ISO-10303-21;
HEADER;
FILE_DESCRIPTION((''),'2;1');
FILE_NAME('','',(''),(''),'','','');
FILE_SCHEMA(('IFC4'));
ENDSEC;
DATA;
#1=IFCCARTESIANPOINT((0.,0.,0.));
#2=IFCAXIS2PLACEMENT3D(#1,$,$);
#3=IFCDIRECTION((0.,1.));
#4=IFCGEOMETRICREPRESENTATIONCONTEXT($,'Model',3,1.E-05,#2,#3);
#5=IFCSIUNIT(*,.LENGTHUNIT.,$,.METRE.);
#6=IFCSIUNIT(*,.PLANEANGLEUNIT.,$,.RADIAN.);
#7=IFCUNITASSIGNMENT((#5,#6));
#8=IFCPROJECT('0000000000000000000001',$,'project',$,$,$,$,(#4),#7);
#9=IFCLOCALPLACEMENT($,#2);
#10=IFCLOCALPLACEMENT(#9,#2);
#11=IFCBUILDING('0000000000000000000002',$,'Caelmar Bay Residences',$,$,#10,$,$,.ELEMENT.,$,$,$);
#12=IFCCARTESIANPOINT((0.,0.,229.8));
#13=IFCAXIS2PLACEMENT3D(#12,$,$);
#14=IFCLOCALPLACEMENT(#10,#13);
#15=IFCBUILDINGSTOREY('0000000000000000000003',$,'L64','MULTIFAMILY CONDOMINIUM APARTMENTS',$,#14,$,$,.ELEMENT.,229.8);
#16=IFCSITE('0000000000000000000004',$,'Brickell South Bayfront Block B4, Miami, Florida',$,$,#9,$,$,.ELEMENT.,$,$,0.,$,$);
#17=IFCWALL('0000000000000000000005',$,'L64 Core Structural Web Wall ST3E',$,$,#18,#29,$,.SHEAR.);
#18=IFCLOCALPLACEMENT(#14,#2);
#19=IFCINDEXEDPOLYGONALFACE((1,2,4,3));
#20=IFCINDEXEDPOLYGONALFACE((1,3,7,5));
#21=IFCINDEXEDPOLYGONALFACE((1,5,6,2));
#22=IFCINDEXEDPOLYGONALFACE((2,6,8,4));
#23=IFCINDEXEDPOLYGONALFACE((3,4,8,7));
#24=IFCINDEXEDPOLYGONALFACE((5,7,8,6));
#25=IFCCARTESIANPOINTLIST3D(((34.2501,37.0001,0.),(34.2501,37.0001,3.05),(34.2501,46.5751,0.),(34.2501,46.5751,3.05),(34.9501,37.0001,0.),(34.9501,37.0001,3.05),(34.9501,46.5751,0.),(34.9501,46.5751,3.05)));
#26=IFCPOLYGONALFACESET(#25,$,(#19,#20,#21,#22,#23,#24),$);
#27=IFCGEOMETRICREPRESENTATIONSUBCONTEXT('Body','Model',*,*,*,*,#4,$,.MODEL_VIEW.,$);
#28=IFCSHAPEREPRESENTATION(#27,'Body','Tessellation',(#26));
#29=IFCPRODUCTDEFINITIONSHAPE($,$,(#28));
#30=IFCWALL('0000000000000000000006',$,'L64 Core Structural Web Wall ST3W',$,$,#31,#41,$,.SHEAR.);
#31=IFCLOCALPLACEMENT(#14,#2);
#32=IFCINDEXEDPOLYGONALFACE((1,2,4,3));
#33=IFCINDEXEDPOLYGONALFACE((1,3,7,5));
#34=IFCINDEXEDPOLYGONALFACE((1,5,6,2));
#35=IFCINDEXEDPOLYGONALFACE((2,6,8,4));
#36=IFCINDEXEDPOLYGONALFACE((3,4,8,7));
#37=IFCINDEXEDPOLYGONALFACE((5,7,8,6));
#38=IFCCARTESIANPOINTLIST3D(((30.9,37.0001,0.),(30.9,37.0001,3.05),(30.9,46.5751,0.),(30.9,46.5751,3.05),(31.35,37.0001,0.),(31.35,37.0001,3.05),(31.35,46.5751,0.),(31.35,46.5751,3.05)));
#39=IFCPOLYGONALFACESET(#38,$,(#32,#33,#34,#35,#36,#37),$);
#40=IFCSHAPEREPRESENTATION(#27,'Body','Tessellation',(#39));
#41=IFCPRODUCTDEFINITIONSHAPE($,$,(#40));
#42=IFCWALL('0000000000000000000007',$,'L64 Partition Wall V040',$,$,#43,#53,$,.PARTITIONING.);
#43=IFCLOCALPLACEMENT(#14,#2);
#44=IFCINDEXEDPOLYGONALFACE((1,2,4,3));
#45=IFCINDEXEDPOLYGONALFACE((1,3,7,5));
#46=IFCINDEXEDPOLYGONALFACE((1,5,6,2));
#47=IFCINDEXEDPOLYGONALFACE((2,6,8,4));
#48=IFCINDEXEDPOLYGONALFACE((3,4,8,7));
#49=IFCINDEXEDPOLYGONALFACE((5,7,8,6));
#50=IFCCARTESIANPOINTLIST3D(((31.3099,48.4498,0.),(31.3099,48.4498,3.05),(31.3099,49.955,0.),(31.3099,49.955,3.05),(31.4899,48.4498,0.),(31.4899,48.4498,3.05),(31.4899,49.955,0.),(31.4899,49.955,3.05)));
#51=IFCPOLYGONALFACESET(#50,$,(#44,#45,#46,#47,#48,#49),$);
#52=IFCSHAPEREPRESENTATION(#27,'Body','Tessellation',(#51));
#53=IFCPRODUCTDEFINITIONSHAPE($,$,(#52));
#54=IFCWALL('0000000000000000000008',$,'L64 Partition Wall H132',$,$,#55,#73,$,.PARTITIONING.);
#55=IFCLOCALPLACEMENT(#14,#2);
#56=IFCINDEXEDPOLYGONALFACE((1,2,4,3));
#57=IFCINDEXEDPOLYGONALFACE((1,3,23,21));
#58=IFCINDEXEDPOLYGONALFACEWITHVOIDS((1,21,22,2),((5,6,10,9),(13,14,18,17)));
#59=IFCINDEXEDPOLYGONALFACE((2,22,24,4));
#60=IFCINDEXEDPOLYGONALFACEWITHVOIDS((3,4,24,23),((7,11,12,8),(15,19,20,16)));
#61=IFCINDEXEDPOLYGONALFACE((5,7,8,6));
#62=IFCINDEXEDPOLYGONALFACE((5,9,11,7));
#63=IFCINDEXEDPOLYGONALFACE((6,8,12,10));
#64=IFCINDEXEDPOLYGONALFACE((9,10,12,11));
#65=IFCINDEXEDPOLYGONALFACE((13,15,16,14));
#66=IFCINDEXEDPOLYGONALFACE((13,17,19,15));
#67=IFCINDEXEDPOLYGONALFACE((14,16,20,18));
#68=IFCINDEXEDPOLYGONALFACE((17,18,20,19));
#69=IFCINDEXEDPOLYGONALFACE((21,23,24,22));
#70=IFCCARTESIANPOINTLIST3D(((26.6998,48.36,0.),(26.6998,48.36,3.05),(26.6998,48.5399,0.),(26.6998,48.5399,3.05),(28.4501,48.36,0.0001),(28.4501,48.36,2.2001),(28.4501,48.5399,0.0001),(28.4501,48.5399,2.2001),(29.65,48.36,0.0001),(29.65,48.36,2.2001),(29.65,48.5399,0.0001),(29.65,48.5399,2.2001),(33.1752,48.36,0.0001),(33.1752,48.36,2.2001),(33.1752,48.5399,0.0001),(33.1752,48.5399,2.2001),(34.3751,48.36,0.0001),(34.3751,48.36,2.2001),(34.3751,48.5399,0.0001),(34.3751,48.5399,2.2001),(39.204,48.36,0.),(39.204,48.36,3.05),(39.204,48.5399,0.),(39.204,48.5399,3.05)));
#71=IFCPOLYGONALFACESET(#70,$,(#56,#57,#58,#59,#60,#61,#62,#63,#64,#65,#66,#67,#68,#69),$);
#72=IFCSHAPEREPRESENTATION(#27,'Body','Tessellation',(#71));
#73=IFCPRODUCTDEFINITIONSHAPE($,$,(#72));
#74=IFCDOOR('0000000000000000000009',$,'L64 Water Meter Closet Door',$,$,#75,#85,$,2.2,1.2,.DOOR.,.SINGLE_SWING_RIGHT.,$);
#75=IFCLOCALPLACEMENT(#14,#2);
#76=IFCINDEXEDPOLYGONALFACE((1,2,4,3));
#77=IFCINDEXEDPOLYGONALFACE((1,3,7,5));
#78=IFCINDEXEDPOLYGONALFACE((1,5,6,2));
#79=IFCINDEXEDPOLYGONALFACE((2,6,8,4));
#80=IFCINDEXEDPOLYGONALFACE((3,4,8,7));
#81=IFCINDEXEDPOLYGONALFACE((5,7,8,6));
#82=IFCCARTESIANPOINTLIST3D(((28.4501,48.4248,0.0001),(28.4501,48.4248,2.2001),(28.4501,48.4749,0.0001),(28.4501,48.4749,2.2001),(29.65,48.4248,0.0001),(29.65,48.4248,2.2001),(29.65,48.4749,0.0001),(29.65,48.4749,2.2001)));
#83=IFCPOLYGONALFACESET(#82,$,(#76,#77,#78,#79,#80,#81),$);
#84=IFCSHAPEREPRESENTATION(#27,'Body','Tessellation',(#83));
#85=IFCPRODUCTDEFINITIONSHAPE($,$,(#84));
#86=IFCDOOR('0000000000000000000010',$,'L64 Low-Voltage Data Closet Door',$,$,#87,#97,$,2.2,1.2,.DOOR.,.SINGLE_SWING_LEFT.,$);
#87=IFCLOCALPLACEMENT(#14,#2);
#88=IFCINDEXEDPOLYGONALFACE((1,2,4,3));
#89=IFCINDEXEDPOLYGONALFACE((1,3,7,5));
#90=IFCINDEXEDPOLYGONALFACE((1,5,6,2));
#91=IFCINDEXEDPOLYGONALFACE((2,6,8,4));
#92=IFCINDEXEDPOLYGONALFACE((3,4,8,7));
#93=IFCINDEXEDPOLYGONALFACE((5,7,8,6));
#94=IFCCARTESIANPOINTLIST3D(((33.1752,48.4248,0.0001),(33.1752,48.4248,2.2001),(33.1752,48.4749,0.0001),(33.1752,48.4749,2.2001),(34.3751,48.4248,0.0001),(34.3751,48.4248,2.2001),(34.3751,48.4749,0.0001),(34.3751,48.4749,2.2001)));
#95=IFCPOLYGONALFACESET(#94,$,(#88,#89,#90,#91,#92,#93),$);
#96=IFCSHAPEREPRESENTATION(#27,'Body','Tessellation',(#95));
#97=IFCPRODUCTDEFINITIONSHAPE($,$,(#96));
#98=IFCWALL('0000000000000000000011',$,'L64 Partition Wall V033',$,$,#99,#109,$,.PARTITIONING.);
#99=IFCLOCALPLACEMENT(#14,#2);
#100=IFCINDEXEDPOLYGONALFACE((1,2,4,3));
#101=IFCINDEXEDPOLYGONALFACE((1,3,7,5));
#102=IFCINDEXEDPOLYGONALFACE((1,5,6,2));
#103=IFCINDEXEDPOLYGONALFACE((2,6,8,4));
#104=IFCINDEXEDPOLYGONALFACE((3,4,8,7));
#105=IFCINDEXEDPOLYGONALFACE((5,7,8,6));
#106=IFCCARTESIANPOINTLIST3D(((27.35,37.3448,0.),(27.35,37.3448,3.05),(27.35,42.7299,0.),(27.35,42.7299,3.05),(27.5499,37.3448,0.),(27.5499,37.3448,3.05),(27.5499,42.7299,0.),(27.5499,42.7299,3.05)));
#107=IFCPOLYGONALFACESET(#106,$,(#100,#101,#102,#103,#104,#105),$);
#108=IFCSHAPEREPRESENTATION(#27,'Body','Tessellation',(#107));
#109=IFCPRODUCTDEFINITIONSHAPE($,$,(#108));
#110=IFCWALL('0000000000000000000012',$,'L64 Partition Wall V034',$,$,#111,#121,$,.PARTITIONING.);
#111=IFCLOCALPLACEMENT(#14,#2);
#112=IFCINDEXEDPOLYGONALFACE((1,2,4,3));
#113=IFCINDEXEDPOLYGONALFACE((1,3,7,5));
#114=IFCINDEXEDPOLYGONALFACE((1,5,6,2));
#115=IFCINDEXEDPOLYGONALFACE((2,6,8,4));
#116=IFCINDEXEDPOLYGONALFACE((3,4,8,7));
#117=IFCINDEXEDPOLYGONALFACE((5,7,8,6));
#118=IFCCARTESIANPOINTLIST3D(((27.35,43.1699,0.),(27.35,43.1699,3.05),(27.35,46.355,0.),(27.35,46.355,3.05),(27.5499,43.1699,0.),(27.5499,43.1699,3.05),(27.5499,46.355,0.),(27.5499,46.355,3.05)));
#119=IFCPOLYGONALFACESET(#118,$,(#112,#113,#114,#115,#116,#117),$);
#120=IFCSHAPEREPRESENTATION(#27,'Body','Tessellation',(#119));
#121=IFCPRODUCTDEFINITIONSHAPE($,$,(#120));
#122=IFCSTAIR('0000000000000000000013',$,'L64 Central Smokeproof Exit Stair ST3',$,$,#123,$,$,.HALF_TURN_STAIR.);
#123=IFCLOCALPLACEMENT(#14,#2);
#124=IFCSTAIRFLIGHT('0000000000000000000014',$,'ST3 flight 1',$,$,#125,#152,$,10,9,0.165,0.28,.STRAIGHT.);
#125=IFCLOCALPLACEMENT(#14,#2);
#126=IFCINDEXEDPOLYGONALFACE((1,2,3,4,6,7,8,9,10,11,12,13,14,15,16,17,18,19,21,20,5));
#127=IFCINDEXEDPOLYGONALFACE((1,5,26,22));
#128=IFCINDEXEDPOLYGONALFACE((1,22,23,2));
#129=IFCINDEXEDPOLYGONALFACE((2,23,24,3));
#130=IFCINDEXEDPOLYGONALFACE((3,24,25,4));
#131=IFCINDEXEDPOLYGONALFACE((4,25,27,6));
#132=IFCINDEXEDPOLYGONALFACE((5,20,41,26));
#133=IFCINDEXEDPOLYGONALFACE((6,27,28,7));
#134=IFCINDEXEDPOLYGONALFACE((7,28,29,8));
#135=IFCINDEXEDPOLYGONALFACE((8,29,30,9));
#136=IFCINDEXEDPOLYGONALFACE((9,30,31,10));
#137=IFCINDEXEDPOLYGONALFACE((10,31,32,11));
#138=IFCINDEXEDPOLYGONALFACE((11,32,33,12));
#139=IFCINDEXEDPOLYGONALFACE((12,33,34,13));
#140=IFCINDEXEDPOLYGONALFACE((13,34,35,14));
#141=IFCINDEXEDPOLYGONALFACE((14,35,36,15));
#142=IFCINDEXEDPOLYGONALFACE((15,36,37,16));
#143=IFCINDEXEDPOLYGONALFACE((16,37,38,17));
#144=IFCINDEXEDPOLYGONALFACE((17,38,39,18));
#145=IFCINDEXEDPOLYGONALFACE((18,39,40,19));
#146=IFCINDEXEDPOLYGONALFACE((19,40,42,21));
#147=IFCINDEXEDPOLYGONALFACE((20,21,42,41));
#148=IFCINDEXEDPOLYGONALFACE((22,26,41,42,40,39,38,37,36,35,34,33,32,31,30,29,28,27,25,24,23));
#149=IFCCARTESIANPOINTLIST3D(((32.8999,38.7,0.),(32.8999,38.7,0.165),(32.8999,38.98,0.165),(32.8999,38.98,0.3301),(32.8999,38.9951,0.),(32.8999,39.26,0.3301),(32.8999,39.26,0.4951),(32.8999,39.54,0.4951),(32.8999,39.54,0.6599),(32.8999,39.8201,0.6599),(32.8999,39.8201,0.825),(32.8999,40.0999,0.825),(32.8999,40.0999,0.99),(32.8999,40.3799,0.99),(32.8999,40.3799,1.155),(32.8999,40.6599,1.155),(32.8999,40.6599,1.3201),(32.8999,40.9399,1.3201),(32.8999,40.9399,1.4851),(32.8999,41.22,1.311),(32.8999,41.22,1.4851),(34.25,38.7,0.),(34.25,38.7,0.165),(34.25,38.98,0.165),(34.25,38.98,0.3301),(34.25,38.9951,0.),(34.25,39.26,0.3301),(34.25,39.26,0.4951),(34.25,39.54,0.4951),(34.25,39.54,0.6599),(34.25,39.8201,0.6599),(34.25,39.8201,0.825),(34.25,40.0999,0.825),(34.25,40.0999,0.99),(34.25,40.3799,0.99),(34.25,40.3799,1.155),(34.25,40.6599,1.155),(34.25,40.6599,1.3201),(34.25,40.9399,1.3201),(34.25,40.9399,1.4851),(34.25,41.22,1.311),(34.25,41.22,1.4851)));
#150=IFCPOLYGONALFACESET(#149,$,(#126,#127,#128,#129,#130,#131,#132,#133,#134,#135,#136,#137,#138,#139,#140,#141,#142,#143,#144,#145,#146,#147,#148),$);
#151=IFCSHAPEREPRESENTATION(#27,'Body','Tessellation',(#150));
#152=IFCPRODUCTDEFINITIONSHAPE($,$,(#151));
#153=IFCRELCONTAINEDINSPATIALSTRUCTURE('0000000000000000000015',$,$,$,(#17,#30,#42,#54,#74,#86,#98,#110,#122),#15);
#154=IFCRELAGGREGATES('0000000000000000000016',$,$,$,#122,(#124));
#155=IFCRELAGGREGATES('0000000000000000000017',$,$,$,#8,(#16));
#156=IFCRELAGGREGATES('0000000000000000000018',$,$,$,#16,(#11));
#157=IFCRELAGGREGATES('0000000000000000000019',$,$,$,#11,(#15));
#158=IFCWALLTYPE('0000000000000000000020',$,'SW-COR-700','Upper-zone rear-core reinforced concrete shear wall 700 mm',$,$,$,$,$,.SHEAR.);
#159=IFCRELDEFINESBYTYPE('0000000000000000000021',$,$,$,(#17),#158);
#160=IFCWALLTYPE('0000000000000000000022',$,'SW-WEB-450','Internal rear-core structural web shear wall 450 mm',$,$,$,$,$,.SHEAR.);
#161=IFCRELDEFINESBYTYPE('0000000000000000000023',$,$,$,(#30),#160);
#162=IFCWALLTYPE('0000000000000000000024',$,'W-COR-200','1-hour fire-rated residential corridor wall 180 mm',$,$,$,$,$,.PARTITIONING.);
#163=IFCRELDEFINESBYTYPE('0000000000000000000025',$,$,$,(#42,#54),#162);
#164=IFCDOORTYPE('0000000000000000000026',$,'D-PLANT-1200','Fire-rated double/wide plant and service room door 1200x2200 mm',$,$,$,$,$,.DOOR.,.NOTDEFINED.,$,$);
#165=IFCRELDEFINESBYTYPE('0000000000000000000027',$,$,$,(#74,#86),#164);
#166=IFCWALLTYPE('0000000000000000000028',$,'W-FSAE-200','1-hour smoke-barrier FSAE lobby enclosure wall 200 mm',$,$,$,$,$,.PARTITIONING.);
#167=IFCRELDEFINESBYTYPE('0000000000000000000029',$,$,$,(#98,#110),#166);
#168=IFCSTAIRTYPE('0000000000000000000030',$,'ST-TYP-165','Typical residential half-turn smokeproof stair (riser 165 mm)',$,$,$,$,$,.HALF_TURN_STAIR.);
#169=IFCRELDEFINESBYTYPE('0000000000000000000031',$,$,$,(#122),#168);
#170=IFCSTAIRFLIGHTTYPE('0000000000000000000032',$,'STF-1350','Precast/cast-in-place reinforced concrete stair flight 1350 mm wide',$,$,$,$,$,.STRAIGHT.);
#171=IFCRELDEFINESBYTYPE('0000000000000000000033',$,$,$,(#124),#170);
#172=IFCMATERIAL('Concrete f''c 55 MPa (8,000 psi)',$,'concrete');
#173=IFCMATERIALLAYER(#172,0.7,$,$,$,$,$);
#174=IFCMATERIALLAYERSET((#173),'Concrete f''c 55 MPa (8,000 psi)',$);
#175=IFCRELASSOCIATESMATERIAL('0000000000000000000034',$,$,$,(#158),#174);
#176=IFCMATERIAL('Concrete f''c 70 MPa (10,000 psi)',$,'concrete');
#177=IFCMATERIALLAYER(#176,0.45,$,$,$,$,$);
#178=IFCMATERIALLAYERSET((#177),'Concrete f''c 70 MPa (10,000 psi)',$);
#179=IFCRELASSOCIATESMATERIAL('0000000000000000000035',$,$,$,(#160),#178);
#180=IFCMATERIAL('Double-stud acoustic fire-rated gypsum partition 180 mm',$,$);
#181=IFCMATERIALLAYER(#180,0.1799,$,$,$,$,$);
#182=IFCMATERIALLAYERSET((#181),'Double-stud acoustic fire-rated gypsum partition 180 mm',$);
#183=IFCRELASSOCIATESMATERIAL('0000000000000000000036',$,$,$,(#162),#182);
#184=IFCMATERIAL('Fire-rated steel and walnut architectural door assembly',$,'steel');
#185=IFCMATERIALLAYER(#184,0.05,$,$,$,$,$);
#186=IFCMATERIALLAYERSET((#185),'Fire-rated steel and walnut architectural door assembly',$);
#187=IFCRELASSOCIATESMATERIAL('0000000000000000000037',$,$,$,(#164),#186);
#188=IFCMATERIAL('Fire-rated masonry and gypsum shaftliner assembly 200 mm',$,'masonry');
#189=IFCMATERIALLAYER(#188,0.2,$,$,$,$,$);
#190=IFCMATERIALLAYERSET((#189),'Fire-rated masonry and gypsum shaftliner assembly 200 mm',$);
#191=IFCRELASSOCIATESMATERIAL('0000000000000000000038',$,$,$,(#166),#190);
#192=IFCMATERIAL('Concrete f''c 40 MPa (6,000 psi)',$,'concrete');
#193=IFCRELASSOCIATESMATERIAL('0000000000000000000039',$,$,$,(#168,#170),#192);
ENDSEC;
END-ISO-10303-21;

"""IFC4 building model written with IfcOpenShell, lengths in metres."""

from ifc_helpers import new_model, si_unit, direction, frame, frame_2d, origin, place, context, subcontext, project, spatial, polyline, rectangle, outline, extrude, material, layer, layer_set, type_object, element, fill, aggregate, save


model = new_model("IFC4")

# Units and contexts
model_context = context("Model", 3, precision=1e-05, world=origin(), true_north=direction((0.0, 1.0)))
body_context = subcontext(model_context, "Body", "Model", "MODEL_VIEW")
ifc_project = project(units=[si_unit("LENGTHUNIT", "METRE"), si_unit("PLANEANGLEUNIT", "RADIAN")], contexts=[model_context])

# Site, building, storey
site_placement = place(None, origin())
site = spatial("IfcSite", under=ifc_project, at=site_placement, Name="Brickell South Bayfront Block B4, Miami, Florida", CompositionType="ELEMENT", RefElevation=0.0)
building_placement = place(site_placement, origin())
building = spatial("IfcBuilding", under=site, at=building_placement, Name="Caelmar Bay Residences", CompositionType="ELEMENT")
storey_placement = place(building_placement, frame((0.0, 0.0, 229.8)))
storey = spatial("IfcBuildingStorey", under=building, at=storey_placement, Name="L64", Description="MULTIFAMILY CONDOMINIUM APARTMENTS", CompositionType="ELEMENT", Elevation=229.8)

# Walls
ifc_material_1 = material(Name="Concrete f'c 55 MPa (8,000 psi)", Category="concrete")
ifc_layer_1 = layer(ifc_material_1, 0.7)
ifc_layer_set_1 = layer_set([ifc_layer_1], Name="Concrete f'c 55 MPa (8,000 psi)")
wall_type_1 = type_object("IfcWallType", Name="SW-COR-700", Description="Upper-zone rear-core reinforced concrete shear wall 700 mm", PredefinedType="SHEAR", material=ifc_layer_set_1)
wall_1_placement = place(storey_placement, frame((34.6001, 37.0, 0.0), z_axis=(0.0, 0.0, 1.0), x_axis=(0.0, 1.0, 0.0)))
element("IfcWall", 1, at=wall_1_placement, inside=storey, type_object=wall_type_1, Name="L64 Core Structural Web Wall ST3E", PredefinedType="SHEAR", context=body_context, shape_type="SweptSolid", body=[
    extrude(rectangle(XDim=9.575, YDim=0.7, at=frame_2d((4.7876, 0.0))), origin(), (0.0, 0.0, 1.0), 3.05),
])
ifc_material_2 = material(Name="Concrete f'c 70 MPa (10,000 psi)", Category="concrete")
ifc_layer_2 = layer(ifc_material_2, 0.45)
ifc_layer_set_2 = layer_set([ifc_layer_2], Name="Concrete f'c 70 MPa (10,000 psi)")
wall_type_2 = type_object("IfcWallType", Name="SW-WEB-450", Description="Internal rear-core structural web shear wall 450 mm", PredefinedType="SHEAR", material=ifc_layer_set_2)
wall_2_placement = place(storey_placement, frame((31.125, 37.0, 0.0), z_axis=(0.0, 0.0, 1.0), x_axis=(0.0, 1.0, 0.0)))
element("IfcWall", 2, at=wall_2_placement, inside=storey, type_object=wall_type_2, Name="L64 Core Structural Web Wall ST3W", PredefinedType="SHEAR", context=body_context, shape_type="SweptSolid", body=[
    extrude(rectangle(XDim=9.575, YDim=0.45, at=frame_2d((4.7876, 0.0))), origin(), (0.0, 0.0, 1.0), 3.05),
])
ifc_material_3 = material(Name="Double-stud acoustic fire-rated gypsum partition 180 mm")
ifc_layer_3 = layer(ifc_material_3, 0.1799)
ifc_layer_set_3 = layer_set([ifc_layer_3], Name="Double-stud acoustic fire-rated gypsum partition 180 mm")
wall_type_3 = type_object("IfcWallType", Name="W-COR-200", Description="1-hour fire-rated residential corridor wall 180 mm", PredefinedType="PARTITIONING", material=ifc_layer_set_3)
wall_3_placement = place(storey_placement, frame((31.3999, 48.45, 0.0), z_axis=(0.0, 0.0, 1.0), x_axis=(0.0, 1.0, 0.0)))
element("IfcWall", 3, at=wall_3_placement, inside=storey, type_object=wall_type_3, Name="L64 Partition Wall V040", PredefinedType="PARTITIONING", context=body_context, shape_type="SweptSolid", body=[
    extrude(rectangle(XDim=1.5051, YDim=0.1799, at=frame_2d((0.7524, 0.0))), origin(), (0.0, 0.0, 1.0), 3.05),
])

# Wall, openings, doors
wall_4_placement = place(storey_placement, frame((26.7, 48.45, 0.0), z_axis=(0.0, 0.0, 1.0), x_axis=(1.0, 0.0, 0.0)))
wall_4 = element("IfcWall", 4, at=wall_4_placement, inside=storey, type_object=wall_type_3, Name="L64 Partition Wall H132", PredefinedType="PARTITIONING", context=body_context, shape_type="SweptSolid", body=[
    extrude(rectangle(XDim=12.5042, YDim=0.1799, at=frame_2d((6.252, 0.0))), origin(), (0.0, 0.0, 1.0), 3.05),
])
opening_1_placement = place(wall_4_placement, frame((1.75, 0.0, 0.0)))
opening_1 = element("IfcOpeningElement", 5, at=opening_1_placement, cuts=wall_4, PredefinedType="OPENING", context=body_context, shape_type="SweptSolid", body=[
    extrude(rectangle(XDim=1.2, YDim=2.2, at=frame_2d((0.6001, 1.1001))), frame((0.0, 0.0999, 0.0), z_axis=(0.0, -1.0, 0.0), x_axis=(1.0, 0.0, 0.0)), (0.0, 0.0, 1.0), 0.2),
])
opening_2_placement = place(wall_4_placement, frame((6.4751, 0.0, 0.0)))
opening_2 = element("IfcOpeningElement", 6, at=opening_2_placement, cuts=wall_4, PredefinedType="OPENING", context=body_context, shape_type="SweptSolid", body=[
    extrude(rectangle(XDim=1.2, YDim=2.2, at=frame_2d((0.6001, 1.1001))), frame((0.0, 0.0999, 0.0), z_axis=(0.0, -1.0, 0.0), x_axis=(1.0, 0.0, 0.0)), (0.0, 0.0, 1.0), 0.2),
])
ifc_material_4 = material(Name="Fire-rated steel and walnut architectural door assembly", Category="steel")
ifc_layer_4 = layer(ifc_material_4, 0.05)
ifc_layer_set_4 = layer_set([ifc_layer_4], Name="Fire-rated steel and walnut architectural door assembly")
door_type = type_object("IfcDoorType", Name="D-PLANT-1200", Description="Fire-rated double/wide plant and service room door 1200x2200 mm", OperationType="NOTDEFINED", PredefinedType="DOOR", material=ifc_layer_set_4)
door_1_placement = place(opening_1_placement, origin())
door_1 = element("IfcDoor", 7, at=door_1_placement, inside=storey, type_object=door_type, Name="L64 Water Meter Closet Door", OperationType="SINGLE_SWING_RIGHT", OverallHeight=2.2, OverallWidth=1.2, PredefinedType="DOOR", context=body_context, shape_type="SweptSolid", body=[
    extrude(rectangle(XDim=1.2, YDim=2.2, at=frame_2d((0.6001, 1.1001))), frame((0.0, 0.0249, 0.0), z_axis=(0.0, -1.0, 0.0), x_axis=(1.0, 0.0, 0.0)), (0.0, 0.0, 1.0), 0.05),
])
fill(opening_1, door_1)
door_2_placement = place(opening_2_placement, origin())
door_2 = element("IfcDoor", 8, at=door_2_placement, inside=storey, type_object=door_type, Name="L64 Low-Voltage Data Closet Door", OperationType="SINGLE_SWING_LEFT", OverallHeight=2.2, OverallWidth=1.2, PredefinedType="DOOR", context=body_context, shape_type="SweptSolid", body=[
    extrude(rectangle(XDim=1.2, YDim=2.2, at=frame_2d((0.6001, 1.1001))), frame((0.0, 0.0249, 0.0), z_axis=(0.0, -1.0, 0.0), x_axis=(1.0, 0.0, 0.0)), (0.0, 0.0, 1.0), 0.05),
])
fill(opening_2, door_2)

# Walls
ifc_material_5 = material(Name="Fire-rated masonry and gypsum shaftliner assembly 200 mm", Category="masonry")
ifc_layer_5 = layer(ifc_material_5, 0.2)
ifc_layer_set_5 = layer_set([ifc_layer_5], Name="Fire-rated masonry and gypsum shaftliner assembly 200 mm")
wall_type_4 = type_object("IfcWallType", Name="W-FSAE-200", Description="1-hour smoke-barrier FSAE lobby enclosure wall 200 mm", PredefinedType="PARTITIONING", material=ifc_layer_set_5)
wall_5_placement = place(storey_placement, frame((27.45, 37.345, 0.0), z_axis=(0.0, 0.0, 1.0), x_axis=(0.0, 1.0, 0.0)))
element("IfcWall", 9, at=wall_5_placement, inside=storey, type_object=wall_type_4, Name="L64 Partition Wall V033", PredefinedType="PARTITIONING", context=body_context, shape_type="SweptSolid", body=[
    extrude(rectangle(XDim=5.385, YDim=0.2, at=frame_2d((2.6924, 0.0))), origin(), (0.0, 0.0, 1.0), 3.05),
])
wall_6_placement = place(storey_placement, frame((27.45, 43.1699, 0.0), z_axis=(0.0, 0.0, 1.0), x_axis=(0.0, 1.0, 0.0)))
element("IfcWall", 10, at=wall_6_placement, inside=storey, type_object=wall_type_4, Name="L64 Partition Wall V034", PredefinedType="PARTITIONING", context=body_context, shape_type="SweptSolid", body=[
    extrude(rectangle(XDim=3.1851, YDim=0.2, at=frame_2d((1.5925, 0.0))), origin(), (0.0, 0.0, 1.0), 3.05),
])

# Stair, stair flight
ifc_material_6 = material(Name="Concrete f'c 40 MPa (6,000 psi)", Category="concrete")
stair_type = type_object("IfcStairType", Name="ST-TYP-165", Description="Typical residential half-turn smokeproof stair (riser 165 mm)", PredefinedType="HALF_TURN_STAIR", material=ifc_material_6)
stair_placement = place(storey_placement, origin())
stair = element("IfcStair", 11, at=stair_placement, inside=storey, type_object=stair_type, Name="L64 Central Smokeproof Exit Stair ST3", PredefinedType="HALF_TURN_STAIR")
stair_flight_type = type_object("IfcStairFlightType", Name="STF-1350", Description="Precast/cast-in-place reinforced concrete stair flight 1350 mm wide", PredefinedType="STRAIGHT", material=ifc_material_6)
stair_flight_1_placement = place(storey_placement, frame((33.575, 38.7, 0.0), z_axis=(0.0, 0.0, 1.0), x_axis=(0.0, 1.0, 0.0)))
stair_flight_1 = element("IfcStairFlight", 12, at=stair_flight_1_placement, type_object=stair_flight_type, Name="ST3 flight 1", NumberOfRisers=10, NumberOfTreads=9, PredefinedType="STRAIGHT", RiserHeight=0.165, TreadLength=0.28, context=body_context, shape_type="SweptSolid", body=[
    extrude(outline(polyline([(0.0, 0.0), (0.0, 0.165), (0.28, 0.165), (0.28, 0.3301), (0.5601, 0.3301), (0.5601, 0.4951), (0.8401, 0.4951), (0.8401, 0.6599), (1.1201, 0.6599), (1.1201, 0.825), (1.3999, 0.825), (1.3999, 0.99), (1.6799, 0.99), (1.6799, 1.155), (1.96, 1.155), (1.96, 1.3201), (2.24, 1.3201), (2.24, 1.4851), (2.52, 1.4851), (2.52, 1.6499), (2.52, 1.311), (0.2952, 0.0), (0.0, 0.0)])), frame((0.0, 0.675, 0.0), z_axis=(0.0, -1.0, 0.0), x_axis=(1.0, 0.0, 0.0)), (0.0, 0.0, 1.0), 1.3501),
])
aggregate(stair, [stair_flight_1])

save(model, "model.ifc")
